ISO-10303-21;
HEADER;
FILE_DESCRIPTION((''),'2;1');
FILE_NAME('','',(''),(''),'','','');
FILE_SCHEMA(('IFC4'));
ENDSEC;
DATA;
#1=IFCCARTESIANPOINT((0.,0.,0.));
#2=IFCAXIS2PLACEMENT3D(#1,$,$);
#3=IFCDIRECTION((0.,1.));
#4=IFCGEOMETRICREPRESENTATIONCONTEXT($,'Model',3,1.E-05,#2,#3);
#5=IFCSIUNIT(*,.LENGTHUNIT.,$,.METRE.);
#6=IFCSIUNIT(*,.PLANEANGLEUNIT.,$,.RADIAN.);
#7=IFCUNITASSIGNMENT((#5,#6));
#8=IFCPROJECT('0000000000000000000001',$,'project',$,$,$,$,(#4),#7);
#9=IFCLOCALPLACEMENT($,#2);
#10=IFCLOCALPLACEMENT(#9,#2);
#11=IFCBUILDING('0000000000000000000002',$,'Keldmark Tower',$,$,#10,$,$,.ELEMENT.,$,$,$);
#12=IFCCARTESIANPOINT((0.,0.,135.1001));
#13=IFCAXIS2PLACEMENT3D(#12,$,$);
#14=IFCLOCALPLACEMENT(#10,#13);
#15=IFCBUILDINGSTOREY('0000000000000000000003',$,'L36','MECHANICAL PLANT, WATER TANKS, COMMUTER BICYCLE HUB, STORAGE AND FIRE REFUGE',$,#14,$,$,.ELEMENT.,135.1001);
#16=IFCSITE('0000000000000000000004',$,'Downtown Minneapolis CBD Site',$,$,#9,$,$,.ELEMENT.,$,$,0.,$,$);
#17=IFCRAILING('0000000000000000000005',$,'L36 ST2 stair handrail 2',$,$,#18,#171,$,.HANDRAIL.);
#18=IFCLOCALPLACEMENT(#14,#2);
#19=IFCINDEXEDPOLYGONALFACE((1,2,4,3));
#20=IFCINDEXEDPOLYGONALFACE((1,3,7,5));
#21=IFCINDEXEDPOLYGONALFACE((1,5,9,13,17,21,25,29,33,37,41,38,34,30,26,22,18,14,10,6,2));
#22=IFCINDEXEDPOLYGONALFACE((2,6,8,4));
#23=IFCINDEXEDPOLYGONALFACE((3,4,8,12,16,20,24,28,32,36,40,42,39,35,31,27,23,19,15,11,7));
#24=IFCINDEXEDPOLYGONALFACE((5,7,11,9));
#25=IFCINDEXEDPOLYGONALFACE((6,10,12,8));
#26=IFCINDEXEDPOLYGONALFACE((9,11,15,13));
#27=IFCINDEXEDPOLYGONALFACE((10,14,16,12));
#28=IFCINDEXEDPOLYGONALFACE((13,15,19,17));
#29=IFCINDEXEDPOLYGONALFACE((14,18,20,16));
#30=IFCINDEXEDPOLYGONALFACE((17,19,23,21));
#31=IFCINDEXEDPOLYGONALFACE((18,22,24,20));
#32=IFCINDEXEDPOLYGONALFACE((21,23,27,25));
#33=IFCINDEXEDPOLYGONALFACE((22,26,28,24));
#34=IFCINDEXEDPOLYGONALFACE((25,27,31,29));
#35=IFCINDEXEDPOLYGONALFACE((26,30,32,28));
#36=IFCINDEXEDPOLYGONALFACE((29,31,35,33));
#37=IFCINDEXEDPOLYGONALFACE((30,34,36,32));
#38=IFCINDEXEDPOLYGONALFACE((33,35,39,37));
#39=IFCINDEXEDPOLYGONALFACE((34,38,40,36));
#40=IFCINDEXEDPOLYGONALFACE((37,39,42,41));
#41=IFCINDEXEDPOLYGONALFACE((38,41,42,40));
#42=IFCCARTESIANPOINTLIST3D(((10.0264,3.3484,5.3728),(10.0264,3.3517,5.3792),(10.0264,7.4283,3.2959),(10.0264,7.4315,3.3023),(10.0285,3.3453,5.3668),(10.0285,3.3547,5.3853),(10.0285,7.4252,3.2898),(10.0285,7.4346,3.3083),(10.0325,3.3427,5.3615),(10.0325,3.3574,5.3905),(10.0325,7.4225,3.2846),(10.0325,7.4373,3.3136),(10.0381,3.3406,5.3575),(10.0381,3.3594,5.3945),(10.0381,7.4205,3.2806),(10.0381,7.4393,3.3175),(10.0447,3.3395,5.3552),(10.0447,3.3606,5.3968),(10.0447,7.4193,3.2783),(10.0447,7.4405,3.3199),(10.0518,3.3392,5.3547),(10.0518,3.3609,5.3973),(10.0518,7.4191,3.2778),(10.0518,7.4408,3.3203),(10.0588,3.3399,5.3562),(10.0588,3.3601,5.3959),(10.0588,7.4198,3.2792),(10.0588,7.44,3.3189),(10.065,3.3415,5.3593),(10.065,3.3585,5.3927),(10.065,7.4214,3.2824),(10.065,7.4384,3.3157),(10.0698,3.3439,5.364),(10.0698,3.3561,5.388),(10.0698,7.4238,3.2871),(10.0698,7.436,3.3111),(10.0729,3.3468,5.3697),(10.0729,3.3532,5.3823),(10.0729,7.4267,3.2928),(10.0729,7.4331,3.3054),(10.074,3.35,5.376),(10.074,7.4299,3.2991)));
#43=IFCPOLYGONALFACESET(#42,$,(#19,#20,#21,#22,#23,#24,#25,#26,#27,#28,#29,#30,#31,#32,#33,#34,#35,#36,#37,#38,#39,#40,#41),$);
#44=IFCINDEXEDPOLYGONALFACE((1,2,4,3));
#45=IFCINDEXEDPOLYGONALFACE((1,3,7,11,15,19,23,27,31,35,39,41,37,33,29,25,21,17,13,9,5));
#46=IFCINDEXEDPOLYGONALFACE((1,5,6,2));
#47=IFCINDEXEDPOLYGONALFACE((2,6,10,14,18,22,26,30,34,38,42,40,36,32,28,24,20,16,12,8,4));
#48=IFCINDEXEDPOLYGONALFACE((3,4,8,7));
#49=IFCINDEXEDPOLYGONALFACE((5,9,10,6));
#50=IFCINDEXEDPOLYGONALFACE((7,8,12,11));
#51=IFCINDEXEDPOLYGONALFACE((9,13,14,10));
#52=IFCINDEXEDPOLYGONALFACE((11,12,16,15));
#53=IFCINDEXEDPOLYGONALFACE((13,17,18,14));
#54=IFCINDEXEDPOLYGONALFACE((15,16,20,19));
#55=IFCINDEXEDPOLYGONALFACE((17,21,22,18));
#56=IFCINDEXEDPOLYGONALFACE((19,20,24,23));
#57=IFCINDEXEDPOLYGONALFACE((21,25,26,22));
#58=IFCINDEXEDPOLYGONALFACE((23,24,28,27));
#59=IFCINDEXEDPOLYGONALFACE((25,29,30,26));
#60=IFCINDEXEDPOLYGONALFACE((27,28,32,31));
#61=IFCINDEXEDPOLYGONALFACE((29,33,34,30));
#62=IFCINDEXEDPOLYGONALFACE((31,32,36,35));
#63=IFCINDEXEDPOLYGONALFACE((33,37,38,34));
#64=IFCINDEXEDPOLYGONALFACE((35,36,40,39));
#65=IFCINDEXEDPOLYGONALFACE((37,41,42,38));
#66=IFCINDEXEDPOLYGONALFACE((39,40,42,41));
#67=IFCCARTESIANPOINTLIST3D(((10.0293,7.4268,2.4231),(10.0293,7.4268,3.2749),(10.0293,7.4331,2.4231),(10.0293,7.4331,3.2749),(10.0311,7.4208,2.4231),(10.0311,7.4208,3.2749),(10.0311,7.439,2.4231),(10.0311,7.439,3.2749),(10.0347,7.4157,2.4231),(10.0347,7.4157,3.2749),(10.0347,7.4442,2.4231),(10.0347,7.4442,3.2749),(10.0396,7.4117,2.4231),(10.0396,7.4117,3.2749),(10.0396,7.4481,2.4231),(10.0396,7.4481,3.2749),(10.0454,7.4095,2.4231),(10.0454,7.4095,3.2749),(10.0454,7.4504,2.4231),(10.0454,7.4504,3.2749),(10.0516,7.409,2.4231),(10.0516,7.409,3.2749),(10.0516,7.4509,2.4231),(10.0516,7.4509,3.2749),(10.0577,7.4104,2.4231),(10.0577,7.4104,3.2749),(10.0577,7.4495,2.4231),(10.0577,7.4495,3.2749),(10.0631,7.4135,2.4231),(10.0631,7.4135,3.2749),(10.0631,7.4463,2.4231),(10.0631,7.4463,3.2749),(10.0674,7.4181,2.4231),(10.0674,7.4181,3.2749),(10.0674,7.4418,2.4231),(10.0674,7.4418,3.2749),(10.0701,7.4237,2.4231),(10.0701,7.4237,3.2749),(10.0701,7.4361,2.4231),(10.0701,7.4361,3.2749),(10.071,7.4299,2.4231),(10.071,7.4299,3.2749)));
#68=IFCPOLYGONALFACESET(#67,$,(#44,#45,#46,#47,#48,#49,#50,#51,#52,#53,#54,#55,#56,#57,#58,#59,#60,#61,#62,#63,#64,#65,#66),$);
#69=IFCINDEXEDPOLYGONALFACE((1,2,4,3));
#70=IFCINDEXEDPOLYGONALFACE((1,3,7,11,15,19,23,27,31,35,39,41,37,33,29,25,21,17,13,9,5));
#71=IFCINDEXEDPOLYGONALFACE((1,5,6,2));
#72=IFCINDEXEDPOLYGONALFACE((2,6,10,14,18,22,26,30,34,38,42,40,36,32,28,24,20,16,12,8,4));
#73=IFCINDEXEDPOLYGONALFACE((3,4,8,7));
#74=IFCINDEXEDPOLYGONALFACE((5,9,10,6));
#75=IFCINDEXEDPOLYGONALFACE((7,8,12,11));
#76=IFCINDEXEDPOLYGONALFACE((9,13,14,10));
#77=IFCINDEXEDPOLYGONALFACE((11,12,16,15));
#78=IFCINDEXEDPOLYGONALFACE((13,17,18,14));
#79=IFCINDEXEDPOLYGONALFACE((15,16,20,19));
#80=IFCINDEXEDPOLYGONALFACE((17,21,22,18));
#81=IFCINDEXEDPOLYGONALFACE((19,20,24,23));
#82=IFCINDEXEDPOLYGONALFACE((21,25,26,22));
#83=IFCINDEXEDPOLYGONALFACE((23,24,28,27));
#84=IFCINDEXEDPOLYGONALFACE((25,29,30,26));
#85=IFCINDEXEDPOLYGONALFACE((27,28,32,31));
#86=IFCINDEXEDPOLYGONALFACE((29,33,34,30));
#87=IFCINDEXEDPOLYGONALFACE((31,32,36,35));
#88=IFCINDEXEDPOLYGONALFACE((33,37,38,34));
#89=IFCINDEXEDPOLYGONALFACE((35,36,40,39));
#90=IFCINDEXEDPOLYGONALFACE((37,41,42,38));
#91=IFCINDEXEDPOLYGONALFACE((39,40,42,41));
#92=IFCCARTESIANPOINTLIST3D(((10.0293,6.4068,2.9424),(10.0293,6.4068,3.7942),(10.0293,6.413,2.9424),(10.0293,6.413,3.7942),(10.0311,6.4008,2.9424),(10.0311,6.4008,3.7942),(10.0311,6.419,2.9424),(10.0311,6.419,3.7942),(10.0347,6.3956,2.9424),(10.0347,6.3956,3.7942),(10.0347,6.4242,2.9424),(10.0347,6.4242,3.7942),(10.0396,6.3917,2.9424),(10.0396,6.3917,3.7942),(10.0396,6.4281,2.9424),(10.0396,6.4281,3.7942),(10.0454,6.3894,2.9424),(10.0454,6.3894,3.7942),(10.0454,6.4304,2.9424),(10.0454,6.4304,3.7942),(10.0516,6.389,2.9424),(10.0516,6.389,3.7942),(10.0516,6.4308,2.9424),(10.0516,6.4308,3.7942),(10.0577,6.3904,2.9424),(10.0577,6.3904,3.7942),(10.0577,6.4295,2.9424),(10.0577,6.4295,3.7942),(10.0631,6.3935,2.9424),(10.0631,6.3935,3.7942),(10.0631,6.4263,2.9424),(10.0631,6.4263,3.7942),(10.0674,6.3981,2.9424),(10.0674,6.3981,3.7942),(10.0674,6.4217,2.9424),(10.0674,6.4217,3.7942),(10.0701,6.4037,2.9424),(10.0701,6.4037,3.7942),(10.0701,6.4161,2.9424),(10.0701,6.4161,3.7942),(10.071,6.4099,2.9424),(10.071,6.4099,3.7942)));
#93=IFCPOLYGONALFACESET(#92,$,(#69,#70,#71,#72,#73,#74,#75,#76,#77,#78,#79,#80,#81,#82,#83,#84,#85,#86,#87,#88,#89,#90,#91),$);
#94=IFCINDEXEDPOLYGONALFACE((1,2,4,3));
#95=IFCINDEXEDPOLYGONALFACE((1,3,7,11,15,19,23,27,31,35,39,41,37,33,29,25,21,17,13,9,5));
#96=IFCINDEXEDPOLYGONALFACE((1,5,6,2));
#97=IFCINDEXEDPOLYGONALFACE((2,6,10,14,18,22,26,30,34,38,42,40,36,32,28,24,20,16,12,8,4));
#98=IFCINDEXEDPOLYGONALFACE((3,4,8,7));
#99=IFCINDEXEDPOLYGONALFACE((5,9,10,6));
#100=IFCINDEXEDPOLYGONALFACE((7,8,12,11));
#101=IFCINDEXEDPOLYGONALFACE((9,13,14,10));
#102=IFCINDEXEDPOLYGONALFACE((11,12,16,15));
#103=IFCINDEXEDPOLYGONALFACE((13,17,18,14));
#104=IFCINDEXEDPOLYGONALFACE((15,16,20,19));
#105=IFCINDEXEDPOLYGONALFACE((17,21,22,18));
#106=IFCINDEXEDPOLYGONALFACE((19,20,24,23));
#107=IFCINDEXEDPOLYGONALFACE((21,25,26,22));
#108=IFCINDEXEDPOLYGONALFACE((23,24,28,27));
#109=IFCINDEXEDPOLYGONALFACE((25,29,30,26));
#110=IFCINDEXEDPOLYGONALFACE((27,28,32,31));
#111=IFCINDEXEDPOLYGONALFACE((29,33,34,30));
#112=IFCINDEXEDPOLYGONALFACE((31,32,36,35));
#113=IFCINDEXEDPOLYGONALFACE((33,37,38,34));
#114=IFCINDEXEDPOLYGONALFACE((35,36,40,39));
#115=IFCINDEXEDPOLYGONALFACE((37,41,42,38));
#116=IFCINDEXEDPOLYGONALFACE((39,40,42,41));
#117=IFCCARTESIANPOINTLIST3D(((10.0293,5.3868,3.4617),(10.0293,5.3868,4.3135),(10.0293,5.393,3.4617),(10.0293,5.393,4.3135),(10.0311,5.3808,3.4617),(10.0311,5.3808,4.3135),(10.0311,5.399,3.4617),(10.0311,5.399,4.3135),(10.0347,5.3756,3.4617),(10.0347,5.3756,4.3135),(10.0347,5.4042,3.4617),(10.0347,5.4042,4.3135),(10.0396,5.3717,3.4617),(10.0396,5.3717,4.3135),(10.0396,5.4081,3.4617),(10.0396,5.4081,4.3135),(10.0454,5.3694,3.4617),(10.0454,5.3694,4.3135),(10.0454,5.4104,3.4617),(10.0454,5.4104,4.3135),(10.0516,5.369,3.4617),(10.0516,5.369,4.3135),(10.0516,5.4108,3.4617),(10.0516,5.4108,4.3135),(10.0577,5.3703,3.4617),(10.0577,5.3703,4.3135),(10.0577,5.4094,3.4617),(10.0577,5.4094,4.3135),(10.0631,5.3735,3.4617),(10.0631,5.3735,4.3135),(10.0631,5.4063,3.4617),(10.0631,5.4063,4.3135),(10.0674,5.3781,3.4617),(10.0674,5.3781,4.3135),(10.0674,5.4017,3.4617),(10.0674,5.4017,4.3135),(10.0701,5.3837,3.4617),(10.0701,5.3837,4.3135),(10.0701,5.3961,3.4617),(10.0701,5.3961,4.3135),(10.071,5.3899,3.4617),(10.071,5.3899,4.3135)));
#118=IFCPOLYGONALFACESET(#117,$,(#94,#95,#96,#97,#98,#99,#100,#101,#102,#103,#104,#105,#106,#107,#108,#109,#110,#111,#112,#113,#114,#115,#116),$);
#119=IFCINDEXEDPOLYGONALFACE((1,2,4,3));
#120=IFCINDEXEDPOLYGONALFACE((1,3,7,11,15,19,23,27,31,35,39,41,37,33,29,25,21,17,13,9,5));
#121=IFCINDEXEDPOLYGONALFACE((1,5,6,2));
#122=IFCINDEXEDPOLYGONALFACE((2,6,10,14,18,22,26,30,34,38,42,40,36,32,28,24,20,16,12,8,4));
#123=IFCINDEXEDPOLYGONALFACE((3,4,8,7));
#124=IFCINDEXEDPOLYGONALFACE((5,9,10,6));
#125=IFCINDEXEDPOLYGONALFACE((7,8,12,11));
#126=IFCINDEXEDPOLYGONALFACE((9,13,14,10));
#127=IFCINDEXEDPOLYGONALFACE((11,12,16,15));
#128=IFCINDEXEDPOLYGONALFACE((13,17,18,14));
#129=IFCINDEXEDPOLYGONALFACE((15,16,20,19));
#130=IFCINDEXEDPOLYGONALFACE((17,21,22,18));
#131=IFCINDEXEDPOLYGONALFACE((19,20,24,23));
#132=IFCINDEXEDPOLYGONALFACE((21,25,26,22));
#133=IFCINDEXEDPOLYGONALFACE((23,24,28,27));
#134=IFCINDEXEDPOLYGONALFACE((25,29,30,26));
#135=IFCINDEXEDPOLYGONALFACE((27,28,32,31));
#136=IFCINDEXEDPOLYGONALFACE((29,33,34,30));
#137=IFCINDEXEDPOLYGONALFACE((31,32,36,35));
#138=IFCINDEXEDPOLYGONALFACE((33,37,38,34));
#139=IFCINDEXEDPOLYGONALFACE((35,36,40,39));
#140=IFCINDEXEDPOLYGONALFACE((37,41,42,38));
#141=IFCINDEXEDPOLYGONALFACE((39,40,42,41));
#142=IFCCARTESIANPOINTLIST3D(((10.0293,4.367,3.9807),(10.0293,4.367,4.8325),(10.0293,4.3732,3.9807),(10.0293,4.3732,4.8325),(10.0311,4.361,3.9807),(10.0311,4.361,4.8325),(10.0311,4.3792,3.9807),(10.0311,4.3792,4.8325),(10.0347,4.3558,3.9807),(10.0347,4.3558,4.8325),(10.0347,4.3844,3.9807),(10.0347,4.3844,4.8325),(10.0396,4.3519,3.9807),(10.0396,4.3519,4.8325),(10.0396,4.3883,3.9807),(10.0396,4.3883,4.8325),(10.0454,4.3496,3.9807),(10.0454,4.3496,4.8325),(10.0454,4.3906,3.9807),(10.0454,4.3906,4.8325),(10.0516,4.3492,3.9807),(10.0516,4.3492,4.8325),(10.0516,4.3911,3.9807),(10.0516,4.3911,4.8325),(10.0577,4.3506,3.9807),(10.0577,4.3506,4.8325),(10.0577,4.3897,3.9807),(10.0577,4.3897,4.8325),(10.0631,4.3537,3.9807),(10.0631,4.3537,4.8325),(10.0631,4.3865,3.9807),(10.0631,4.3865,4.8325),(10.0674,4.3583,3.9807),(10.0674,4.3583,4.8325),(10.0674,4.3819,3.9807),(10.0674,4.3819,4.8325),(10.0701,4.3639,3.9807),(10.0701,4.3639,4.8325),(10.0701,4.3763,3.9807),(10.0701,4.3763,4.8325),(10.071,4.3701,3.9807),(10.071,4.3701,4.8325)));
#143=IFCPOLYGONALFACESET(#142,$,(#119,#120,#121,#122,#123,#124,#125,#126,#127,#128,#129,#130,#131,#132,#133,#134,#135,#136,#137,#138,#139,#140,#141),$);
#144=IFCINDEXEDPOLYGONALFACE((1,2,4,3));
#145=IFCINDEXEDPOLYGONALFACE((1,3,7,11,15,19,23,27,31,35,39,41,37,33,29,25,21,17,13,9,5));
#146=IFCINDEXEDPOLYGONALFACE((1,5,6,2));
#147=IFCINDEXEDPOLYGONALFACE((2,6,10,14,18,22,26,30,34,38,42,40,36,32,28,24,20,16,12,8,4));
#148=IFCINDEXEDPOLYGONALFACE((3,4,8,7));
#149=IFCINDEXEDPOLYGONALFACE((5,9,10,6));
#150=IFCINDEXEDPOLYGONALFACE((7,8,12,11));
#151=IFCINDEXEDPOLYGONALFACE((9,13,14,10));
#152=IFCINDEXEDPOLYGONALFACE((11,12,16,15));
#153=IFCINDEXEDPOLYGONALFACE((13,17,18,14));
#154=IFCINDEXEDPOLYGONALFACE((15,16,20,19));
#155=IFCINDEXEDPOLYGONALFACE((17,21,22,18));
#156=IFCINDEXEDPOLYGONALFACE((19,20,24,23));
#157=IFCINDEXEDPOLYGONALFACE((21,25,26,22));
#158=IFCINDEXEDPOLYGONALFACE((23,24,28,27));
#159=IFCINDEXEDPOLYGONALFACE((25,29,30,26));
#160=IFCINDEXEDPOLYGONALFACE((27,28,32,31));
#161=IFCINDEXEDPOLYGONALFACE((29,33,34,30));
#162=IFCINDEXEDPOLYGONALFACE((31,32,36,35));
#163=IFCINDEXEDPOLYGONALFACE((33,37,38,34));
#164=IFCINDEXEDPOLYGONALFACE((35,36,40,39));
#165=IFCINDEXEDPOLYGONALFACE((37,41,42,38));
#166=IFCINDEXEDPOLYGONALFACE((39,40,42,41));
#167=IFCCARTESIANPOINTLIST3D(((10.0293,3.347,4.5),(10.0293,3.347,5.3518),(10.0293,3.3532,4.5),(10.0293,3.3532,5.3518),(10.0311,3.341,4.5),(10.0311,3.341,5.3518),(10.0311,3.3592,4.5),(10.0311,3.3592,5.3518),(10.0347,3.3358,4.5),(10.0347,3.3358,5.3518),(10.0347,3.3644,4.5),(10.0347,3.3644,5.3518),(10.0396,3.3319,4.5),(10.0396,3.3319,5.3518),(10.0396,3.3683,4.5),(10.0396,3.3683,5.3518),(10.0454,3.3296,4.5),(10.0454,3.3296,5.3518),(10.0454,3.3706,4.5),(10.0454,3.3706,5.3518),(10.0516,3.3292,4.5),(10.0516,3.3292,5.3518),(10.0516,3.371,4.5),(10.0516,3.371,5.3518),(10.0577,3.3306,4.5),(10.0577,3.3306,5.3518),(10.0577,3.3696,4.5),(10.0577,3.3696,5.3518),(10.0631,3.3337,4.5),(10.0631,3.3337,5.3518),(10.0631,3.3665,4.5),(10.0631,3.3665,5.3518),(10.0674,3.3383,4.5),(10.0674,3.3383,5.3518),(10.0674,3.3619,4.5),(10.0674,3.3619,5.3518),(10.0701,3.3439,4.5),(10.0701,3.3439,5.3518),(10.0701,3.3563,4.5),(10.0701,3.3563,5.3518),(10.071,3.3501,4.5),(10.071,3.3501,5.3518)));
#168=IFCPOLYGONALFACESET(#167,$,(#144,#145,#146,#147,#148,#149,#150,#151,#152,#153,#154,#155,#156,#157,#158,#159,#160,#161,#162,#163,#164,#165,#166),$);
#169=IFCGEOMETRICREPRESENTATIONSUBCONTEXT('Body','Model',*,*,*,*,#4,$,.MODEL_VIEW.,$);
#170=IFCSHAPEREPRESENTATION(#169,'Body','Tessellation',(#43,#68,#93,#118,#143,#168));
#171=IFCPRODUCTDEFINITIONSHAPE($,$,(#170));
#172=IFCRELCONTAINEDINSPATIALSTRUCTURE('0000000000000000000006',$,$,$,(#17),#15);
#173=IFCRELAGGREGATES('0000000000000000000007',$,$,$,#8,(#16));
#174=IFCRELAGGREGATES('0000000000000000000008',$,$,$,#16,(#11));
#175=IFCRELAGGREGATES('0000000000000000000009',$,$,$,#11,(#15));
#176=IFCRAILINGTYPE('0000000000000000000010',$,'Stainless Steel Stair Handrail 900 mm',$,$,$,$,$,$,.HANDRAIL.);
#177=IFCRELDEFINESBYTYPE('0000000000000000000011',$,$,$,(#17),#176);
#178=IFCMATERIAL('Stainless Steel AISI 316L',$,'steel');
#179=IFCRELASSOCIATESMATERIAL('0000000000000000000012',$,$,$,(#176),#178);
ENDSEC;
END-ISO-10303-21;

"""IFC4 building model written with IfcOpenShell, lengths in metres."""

from ifc_helpers import new_model, si_unit, direction, frame, origin, origin_2d, place, context, subcontext, project, spatial, circle, extrude, material, type_object, element, save


model = new_model("IFC4")

# Units and contexts
model_context = context("Model", 3, precision=1e-05, world=origin(), true_north=direction((0.0, 1.0)))
body_context = subcontext(model_context, "Body", "Model", "MODEL_VIEW")
ifc_project = project(units=[si_unit("LENGTHUNIT", "METRE"), si_unit("PLANEANGLEUNIT", "RADIAN")], contexts=[model_context])

# Site, building, storey
site_placement = place(None, origin())
site = spatial("IfcSite", under=ifc_project, at=site_placement, Name="Downtown Minneapolis CBD Site", CompositionType="ELEMENT", RefElevation=0.0)
building_placement = place(site_placement, origin())
building = spatial("IfcBuilding", under=site, at=building_placement, Name="Keldmark Tower", CompositionType="ELEMENT")
storey_placement = place(building_placement, frame((0.0, 0.0, 135.1001)))
storey = spatial("IfcBuildingStorey", under=building, at=storey_placement, Name="L36", Description="MECHANICAL PLANT, WATER TANKS, COMMUTER BICYCLE HUB, STORAGE AND FIRE REFUGE", CompositionType="ELEMENT", Elevation=135.1001)

# Railing
ifc_material_1 = material(Name="Stainless Steel AISI 316L", Category="steel")
railing_type_1 = type_object("IfcRailingType", Name="Stainless Steel Stair Handrail 900 mm", PredefinedType="HANDRAIL", material=ifc_material_1)
railing_1_placement = place(storey_placement, frame((10.05, 7.4299, 2.4231)))
element("IfcRailing", 1, at=railing_1_placement, inside=storey, type_object=railing_type_1, Name="L36 ST2 stair handrail 2", PredefinedType="HANDRAIL", context=body_context, shape_type="SweptSolid", body=[
    extrude(circle(Radius=0.0239, at=origin_2d()), frame((0.0, 0.0, 0.876), z_axis=(0.0, -0.891172, 0.453665), x_axis=(1.0, 0.0, 0.0)), (0.0, 0.0, 1.0), 4.5781),
    extrude(circle(Radius=0.021, at=origin_2d()), origin(), (0.0, 0.0, 1.0), 0.8518),
    extrude(circle(Radius=0.021, at=origin_2d()), frame((0.0, -1.02, 0.5193)), (0.0, 0.0, 1.0), 0.8518),
    extrude(circle(Radius=0.021, at=origin_2d()), frame((0.0, -2.04, 1.0386)), (0.0, 0.0, 1.0), 0.8518),
    extrude(circle(Radius=0.021, at=origin_2d()), frame((0.0, -3.0598, 1.5576)), (0.0, 0.0, 1.0), 0.8518),
    extrude(circle(Radius=0.021, at=origin_2d()), frame((0.0, -4.0798, 2.0769)), (0.0, 0.0, 1.0), 0.8518),
])

save(model, "model.ifc")
